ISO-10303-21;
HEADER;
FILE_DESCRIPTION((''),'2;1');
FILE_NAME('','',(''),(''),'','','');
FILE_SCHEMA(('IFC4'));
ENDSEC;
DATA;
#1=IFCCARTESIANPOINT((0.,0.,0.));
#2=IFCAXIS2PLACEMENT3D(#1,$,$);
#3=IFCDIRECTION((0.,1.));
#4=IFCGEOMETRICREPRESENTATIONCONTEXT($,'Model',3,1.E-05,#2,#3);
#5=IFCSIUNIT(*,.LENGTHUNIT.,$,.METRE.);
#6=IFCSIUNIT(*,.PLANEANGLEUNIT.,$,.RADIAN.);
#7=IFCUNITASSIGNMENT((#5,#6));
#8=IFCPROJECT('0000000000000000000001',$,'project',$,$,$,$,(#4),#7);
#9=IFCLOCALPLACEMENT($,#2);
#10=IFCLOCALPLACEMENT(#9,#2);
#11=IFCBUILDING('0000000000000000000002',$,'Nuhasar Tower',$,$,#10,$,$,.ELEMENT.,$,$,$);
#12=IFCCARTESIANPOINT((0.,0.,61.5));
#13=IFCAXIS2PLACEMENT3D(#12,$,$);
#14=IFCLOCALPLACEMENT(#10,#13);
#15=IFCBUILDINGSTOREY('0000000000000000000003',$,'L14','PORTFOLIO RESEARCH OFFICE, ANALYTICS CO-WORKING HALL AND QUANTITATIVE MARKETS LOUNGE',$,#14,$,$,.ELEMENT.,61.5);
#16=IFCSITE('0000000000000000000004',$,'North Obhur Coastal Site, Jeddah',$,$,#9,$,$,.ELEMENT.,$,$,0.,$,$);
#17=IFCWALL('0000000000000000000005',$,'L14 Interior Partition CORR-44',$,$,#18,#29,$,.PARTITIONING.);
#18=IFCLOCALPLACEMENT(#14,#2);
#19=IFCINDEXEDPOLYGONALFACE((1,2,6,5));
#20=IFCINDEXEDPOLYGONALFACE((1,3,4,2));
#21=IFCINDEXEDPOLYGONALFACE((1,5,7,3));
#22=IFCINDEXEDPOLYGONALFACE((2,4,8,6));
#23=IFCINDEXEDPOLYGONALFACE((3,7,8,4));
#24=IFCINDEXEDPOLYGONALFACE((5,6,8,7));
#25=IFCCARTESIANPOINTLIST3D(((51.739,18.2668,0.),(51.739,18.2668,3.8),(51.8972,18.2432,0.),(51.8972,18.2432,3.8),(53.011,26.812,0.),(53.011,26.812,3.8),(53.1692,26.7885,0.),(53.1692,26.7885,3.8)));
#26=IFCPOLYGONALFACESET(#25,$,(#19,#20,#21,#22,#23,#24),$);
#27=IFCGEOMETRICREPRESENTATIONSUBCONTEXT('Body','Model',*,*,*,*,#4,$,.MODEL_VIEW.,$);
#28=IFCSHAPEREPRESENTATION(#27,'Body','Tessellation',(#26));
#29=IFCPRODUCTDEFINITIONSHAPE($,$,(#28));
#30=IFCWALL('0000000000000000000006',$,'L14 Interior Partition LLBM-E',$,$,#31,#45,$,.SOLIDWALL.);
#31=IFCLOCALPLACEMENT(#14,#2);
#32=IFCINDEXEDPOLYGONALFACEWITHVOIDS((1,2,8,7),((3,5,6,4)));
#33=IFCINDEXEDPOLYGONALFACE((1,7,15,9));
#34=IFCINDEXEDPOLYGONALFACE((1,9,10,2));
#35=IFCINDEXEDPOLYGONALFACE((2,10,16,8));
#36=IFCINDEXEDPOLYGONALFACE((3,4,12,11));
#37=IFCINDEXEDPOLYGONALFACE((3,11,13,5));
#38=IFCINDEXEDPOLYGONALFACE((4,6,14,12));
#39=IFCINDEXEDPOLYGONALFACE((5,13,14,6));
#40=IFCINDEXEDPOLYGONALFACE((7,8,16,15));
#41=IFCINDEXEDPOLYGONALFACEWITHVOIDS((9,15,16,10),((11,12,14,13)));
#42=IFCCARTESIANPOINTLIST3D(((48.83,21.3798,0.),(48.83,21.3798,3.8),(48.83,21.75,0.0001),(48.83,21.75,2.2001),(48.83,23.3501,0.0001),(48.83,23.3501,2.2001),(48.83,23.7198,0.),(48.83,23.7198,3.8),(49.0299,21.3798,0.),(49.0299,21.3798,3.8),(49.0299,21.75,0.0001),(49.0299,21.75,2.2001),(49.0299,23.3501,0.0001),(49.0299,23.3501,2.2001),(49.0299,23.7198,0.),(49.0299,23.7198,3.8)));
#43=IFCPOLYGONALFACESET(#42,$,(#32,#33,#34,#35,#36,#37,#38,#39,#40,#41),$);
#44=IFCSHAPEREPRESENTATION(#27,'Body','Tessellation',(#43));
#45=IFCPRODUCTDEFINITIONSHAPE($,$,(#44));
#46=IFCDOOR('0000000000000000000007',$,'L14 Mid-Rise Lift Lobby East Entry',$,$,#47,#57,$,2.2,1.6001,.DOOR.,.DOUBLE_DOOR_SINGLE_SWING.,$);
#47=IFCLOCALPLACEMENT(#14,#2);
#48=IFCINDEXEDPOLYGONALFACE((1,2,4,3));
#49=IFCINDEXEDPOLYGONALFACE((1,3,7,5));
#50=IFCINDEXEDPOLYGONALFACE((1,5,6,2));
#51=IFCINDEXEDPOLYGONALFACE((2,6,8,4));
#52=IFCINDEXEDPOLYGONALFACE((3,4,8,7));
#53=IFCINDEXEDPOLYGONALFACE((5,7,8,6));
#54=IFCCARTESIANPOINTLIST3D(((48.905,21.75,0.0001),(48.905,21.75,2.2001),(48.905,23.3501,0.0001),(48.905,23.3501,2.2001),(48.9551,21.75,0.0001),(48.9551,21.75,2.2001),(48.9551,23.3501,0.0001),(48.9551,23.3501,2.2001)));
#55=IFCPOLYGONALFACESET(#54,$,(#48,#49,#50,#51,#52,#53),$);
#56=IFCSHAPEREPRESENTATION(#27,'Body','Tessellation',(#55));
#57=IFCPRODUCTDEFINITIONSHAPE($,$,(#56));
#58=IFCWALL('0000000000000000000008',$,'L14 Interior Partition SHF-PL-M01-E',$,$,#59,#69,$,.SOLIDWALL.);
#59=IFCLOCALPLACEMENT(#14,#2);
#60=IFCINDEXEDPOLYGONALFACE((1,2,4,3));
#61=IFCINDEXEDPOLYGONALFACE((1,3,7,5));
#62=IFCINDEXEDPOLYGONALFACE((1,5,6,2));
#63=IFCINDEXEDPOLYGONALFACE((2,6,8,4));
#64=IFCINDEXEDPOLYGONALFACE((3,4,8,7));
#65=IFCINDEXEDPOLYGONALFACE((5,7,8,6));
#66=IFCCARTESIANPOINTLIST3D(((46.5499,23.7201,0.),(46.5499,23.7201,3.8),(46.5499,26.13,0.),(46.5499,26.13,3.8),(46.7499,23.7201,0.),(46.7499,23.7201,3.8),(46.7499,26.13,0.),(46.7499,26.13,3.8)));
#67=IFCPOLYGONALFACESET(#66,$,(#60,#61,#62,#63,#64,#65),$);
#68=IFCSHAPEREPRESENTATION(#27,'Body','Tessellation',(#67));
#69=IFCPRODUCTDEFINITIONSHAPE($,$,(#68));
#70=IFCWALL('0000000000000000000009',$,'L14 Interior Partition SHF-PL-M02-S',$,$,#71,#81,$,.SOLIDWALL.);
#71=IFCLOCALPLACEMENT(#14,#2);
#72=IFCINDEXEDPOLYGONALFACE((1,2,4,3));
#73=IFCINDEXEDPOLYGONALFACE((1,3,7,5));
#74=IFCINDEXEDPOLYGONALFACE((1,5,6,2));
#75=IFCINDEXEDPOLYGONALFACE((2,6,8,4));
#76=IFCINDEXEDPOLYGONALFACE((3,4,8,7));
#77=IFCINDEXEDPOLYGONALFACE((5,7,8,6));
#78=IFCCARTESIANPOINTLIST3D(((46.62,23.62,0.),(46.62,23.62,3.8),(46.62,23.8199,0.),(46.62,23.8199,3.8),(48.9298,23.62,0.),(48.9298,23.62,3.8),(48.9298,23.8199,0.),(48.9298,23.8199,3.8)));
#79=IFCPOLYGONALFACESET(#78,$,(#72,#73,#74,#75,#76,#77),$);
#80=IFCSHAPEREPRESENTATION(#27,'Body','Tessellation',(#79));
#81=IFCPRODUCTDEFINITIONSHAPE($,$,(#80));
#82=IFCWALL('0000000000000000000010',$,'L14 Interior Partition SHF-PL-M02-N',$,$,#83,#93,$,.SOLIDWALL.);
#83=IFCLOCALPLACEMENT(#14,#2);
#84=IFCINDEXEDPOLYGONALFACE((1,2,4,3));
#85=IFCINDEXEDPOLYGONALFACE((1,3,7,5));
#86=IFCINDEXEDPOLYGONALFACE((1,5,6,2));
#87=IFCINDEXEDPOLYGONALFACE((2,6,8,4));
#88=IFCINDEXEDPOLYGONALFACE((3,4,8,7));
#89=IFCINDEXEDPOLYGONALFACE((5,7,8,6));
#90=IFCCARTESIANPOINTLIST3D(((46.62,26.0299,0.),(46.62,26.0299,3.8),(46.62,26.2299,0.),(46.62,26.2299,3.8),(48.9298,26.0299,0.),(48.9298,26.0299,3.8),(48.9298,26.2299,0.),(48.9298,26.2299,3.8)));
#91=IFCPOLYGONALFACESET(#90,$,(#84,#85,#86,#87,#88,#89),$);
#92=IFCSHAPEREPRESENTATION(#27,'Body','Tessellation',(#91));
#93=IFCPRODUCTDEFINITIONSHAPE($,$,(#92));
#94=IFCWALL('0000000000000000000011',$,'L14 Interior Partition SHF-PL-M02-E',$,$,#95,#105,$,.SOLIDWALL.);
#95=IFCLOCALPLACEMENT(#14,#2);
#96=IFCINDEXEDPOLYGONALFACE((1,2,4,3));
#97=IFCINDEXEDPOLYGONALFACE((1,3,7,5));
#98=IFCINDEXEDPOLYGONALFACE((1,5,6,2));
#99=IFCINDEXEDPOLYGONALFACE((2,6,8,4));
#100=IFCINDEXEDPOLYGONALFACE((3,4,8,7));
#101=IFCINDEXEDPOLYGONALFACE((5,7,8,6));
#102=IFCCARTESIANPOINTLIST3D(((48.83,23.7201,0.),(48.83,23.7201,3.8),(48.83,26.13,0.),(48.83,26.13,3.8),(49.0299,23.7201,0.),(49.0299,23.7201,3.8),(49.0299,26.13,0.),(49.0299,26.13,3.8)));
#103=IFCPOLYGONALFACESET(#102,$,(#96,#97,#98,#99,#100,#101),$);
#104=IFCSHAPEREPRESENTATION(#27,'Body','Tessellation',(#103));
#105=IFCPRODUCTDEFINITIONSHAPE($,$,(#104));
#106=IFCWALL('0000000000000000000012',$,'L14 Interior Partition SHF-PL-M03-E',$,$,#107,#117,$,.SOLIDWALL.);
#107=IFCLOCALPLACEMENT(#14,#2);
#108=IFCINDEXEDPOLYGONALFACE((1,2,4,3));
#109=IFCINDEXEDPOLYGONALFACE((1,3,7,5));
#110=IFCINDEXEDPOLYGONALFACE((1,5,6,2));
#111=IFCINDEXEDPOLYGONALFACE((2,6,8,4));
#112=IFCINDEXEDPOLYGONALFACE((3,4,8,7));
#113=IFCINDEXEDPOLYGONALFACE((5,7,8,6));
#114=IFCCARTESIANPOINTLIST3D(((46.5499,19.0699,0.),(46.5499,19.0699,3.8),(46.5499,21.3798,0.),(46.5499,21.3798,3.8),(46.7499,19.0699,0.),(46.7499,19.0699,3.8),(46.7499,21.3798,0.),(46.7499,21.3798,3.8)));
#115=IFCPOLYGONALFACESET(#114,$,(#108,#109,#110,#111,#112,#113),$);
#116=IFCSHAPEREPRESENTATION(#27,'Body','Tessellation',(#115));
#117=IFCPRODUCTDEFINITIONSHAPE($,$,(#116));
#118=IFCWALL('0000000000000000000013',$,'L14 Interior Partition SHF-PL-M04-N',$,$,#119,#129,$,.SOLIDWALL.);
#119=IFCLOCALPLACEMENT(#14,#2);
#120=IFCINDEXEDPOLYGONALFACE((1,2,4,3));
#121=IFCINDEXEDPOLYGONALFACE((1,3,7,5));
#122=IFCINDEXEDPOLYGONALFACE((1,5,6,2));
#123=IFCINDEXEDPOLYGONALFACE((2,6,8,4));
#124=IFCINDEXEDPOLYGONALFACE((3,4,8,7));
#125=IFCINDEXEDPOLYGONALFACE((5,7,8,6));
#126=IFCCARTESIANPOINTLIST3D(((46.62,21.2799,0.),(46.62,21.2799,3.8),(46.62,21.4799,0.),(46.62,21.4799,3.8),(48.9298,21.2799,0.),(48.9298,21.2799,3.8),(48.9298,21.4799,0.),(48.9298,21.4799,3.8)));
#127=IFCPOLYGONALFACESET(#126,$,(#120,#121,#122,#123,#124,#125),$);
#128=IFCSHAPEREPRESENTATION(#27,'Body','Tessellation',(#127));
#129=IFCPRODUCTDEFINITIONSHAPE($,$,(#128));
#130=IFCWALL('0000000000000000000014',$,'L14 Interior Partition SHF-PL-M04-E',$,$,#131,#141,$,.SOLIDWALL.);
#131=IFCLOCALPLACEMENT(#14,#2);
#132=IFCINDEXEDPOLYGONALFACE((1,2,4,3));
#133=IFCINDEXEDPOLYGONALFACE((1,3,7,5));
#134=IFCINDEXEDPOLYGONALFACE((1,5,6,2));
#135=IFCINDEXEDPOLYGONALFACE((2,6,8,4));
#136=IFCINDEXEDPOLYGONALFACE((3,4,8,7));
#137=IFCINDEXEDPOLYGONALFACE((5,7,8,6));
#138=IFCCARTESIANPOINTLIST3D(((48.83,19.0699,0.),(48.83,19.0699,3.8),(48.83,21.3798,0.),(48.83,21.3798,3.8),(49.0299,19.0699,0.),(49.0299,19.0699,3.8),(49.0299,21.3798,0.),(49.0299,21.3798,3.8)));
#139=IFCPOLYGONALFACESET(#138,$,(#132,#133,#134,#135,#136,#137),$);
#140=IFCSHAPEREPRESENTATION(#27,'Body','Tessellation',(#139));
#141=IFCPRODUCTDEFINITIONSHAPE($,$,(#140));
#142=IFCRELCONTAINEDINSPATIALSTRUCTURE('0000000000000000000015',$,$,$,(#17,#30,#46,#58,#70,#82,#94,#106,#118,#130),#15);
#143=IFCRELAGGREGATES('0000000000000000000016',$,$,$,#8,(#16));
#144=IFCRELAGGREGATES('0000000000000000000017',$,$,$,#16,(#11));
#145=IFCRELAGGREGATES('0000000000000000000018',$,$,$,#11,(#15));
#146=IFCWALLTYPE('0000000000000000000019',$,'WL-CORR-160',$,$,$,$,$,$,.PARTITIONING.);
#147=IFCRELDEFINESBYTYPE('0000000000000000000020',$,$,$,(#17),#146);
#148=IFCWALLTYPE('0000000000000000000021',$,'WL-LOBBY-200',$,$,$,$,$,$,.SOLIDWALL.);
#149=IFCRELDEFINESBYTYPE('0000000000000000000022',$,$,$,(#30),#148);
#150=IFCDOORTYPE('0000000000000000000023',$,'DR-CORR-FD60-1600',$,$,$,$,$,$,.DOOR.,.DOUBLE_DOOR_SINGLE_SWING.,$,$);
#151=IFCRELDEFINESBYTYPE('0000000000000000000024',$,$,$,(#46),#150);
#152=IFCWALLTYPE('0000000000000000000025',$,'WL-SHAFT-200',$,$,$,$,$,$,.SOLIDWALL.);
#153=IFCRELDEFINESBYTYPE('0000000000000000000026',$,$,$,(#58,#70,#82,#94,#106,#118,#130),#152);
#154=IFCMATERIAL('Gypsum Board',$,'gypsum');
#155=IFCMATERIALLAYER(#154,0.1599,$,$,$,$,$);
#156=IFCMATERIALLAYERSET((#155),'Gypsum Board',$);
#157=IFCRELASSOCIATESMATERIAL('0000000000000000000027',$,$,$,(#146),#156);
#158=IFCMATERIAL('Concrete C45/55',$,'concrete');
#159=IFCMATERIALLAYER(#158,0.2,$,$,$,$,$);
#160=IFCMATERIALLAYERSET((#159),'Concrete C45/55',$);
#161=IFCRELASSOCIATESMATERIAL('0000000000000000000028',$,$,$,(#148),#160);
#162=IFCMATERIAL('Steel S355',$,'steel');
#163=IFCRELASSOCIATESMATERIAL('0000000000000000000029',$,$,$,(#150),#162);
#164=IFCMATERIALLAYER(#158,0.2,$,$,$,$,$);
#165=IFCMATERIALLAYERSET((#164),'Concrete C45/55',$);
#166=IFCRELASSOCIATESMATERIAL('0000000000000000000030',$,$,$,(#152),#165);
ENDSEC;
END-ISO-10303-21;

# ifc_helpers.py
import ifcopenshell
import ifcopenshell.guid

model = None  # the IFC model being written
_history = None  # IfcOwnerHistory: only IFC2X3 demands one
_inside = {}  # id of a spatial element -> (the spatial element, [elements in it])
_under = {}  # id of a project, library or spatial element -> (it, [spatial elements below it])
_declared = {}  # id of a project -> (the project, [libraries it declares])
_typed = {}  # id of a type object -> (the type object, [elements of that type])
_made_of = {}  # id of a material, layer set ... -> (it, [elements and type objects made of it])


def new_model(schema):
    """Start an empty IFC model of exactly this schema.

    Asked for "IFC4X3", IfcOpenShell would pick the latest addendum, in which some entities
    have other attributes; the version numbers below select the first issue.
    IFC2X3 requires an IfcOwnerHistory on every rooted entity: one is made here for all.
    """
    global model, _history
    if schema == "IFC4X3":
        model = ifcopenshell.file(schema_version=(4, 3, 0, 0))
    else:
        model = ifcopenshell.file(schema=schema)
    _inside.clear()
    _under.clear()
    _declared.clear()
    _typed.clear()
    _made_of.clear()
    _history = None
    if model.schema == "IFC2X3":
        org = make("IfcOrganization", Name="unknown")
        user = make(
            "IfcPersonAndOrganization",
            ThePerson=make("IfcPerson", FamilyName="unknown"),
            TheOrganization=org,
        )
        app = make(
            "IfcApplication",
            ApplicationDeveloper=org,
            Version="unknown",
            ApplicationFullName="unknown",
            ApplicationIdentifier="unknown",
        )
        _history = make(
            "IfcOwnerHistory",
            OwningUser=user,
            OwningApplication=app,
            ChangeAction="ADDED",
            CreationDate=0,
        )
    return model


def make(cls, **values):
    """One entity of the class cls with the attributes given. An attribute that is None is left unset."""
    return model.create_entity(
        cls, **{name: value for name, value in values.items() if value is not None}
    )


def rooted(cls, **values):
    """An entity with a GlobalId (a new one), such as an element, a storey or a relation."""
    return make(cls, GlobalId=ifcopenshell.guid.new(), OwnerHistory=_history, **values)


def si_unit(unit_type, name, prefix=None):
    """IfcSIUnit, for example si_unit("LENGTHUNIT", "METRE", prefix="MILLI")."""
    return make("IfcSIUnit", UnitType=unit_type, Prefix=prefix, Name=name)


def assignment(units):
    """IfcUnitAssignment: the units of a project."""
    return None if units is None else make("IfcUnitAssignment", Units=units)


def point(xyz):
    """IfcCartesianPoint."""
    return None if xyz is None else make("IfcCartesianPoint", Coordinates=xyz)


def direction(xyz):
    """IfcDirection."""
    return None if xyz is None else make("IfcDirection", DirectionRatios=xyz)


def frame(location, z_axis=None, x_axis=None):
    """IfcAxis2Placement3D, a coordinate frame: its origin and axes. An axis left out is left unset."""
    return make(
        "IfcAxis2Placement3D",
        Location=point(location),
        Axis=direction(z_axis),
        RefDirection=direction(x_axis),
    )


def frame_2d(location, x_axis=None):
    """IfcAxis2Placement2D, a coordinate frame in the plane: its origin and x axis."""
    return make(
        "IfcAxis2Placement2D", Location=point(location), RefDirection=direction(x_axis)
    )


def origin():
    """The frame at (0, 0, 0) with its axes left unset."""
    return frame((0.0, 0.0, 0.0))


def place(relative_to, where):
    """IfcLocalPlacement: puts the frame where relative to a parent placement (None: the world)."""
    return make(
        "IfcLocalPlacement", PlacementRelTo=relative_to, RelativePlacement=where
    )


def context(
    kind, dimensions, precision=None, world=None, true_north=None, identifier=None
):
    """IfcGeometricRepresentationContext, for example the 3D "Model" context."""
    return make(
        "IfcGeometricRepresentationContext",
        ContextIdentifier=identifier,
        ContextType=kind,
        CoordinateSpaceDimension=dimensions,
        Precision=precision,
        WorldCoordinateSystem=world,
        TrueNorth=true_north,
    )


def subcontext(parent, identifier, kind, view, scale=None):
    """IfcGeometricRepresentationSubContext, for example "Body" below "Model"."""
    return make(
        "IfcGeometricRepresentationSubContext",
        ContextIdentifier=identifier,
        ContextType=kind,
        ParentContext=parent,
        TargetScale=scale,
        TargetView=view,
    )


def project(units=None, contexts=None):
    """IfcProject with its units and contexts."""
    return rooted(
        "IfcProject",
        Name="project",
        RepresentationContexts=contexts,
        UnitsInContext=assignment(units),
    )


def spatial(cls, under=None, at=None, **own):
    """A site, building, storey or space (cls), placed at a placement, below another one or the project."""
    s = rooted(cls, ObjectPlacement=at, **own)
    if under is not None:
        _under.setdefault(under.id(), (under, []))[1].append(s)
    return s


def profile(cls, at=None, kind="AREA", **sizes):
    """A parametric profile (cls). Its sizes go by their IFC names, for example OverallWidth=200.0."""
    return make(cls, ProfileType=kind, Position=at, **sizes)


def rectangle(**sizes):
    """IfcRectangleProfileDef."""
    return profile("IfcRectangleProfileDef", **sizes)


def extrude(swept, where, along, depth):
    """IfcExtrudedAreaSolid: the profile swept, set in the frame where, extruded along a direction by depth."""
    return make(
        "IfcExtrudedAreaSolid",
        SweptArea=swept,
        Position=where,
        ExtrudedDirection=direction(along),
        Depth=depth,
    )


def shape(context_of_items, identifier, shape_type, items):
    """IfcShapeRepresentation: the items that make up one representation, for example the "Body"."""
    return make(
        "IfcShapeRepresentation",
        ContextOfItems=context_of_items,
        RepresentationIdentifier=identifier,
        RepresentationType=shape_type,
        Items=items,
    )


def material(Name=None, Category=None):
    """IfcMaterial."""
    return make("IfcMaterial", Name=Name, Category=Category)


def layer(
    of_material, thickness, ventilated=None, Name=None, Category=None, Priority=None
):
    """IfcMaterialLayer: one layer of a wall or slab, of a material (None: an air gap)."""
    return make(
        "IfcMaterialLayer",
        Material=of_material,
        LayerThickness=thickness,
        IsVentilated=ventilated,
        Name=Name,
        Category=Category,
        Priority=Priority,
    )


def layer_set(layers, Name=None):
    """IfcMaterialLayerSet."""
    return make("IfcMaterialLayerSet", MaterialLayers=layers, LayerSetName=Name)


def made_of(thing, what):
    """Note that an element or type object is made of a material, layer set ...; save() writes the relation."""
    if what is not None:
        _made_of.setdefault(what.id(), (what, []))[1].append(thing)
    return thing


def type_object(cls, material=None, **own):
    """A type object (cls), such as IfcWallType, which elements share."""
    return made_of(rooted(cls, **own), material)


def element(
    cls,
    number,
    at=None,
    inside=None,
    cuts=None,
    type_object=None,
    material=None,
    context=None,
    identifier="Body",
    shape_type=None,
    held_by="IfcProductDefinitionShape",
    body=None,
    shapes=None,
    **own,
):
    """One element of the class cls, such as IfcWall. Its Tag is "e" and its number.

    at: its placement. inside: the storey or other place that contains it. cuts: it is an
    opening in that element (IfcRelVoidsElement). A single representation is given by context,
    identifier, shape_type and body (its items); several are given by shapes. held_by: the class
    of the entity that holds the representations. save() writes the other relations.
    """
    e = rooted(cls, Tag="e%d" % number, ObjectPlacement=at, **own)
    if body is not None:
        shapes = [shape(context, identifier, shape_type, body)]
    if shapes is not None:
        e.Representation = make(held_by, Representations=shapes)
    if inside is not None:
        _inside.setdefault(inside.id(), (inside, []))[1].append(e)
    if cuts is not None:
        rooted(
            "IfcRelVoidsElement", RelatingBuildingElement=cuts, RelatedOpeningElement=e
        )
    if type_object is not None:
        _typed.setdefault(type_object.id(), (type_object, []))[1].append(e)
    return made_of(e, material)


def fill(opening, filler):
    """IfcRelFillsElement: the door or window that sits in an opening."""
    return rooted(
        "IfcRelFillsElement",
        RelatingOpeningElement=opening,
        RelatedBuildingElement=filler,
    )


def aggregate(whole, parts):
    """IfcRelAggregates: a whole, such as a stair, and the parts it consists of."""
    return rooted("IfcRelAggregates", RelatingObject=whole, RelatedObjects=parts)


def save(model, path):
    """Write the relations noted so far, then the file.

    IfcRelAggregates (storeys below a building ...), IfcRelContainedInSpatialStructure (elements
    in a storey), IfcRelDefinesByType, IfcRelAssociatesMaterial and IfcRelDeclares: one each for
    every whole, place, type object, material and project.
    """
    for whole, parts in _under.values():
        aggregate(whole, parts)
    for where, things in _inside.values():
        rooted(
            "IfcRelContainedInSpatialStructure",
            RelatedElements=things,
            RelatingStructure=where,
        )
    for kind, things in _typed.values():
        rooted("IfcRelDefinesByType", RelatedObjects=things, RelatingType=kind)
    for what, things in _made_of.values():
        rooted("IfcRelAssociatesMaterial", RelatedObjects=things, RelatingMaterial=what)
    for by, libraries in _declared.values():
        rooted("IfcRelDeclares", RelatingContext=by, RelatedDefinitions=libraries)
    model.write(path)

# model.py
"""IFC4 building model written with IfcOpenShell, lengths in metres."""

from ifc_helpers import new_model, si_unit, direction, frame, frame_2d, origin, place, context, subcontext, project, spatial, rectangle, extrude, material, layer, layer_set, type_object, element, fill, save


model = new_model("IFC4")

# Units and contexts
model_context = context("Model", 3, precision=1e-05, world=origin(), true_north=direction((0.0, 1.0)))
body_context = subcontext(model_context, "Body", "Model", "MODEL_VIEW")
ifc_project = project(units=[si_unit("LENGTHUNIT", "METRE"), si_unit("PLANEANGLEUNIT", "RADIAN")], contexts=[model_context])

# Site, building, storey
site_placement = place(None, origin())
site = spatial("IfcSite", under=ifc_project, at=site_placement, Name="North Obhur Coastal Site, Jeddah", CompositionType="ELEMENT", RefElevation=0.0)
building_placement = place(site_placement, origin())
building = spatial("IfcBuilding", under=site, at=building_placement, Name="Nuhasar Tower", CompositionType="ELEMENT")
storey_placement = place(building_placement, frame((0.0, 0.0, 61.5)))
storey = spatial("IfcBuildingStorey", under=building, at=storey_placement, Name="L14", Description="PORTFOLIO RESEARCH OFFICE, ANALYTICS CO-WORKING HALL AND QUANTITATIVE MARKETS LOUNGE", CompositionType="ELEMENT", Elevation=61.5)

# Shared definitions
ifc_material_1 = material(Name="Steel S355", Category="steel")

# Shared definitions
ifc_material_2 = material(Name="Gypsum Board", Category="gypsum")
ifc_layer_1 = layer(ifc_material_2, 0.1599)
ifc_layer_set_1 = layer_set([ifc_layer_1], Name="Gypsum Board")
wall_type_1 = type_object("IfcWallType", Name="WL-CORR-160", PredefinedType="PARTITIONING", material=ifc_layer_set_1)

# Wall
wall_1_placement = place(storey_placement, frame((51.8181, 18.2549, 0.0), z_axis=(0.0, 0.0, 1.0), x_axis=(0.147231, 0.989102, 0.0)))
element("IfcWall", 1, at=wall_1_placement, inside=storey, type_object=wall_type_1, Name="L14 Interior Partition CORR-44", PredefinedType="PARTITIONING", context=body_context, shape_type="SweptSolid", body=[
    extrude(rectangle(XDim=8.6394, YDim=0.1599, at=frame_2d((4.3198, 0.0))), origin(), (0.0, 0.0, 1.0), 3.8),
])

# Wall, opening, door
ifc_material_3 = material(Name="Concrete C45/55", Category="concrete")
ifc_layer_2 = layer(ifc_material_3, 0.2)
ifc_layer_set_2 = layer_set([ifc_layer_2], Name="Concrete C45/55")
wall_type_2 = type_object("IfcWallType", Name="WL-LOBBY-200", PredefinedType="SOLIDWALL", material=ifc_layer_set_2)
wall_2_placement = place(storey_placement, frame((48.9299, 21.3799, 0.0), z_axis=(0.0, 0.0, 1.0), x_axis=(0.0, 1.0, 0.0)))
wall_2 = element("IfcWall", 2, at=wall_2_placement, inside=storey, type_object=wall_type_2, Name="L14 Interior Partition LLBM-E", PredefinedType="SOLIDWALL", context=body_context, shape_type="SweptSolid", body=[
    extrude(rectangle(XDim=2.3401, YDim=0.2, at=frame_2d((1.1699, 0.0))), origin(), (0.0, 0.0, 1.0), 3.8),
])
opening_1_placement = place(wall_2_placement, frame((0.3701, 0.0, 0.0)))
opening_1 = element("IfcOpeningElement", 3, at=opening_1_placement, cuts=wall_2, PredefinedType="OPENING", context=body_context, shape_type="SweptSolid", body=[
    extrude(rectangle(XDim=1.6001, YDim=2.2, at=frame_2d((0.8, 1.1001))), frame((0.0, 0.1099, 0.0), z_axis=(0.0, -1.0, 0.0), x_axis=(1.0, 0.0, 0.0)), (0.0, 0.0, 1.0), 0.22),
])
door_type_1 = type_object("IfcDoorType", Name="DR-CORR-FD60-1600", OperationType="DOUBLE_DOOR_SINGLE_SWING", PredefinedType="DOOR", material=ifc_material_1)
door_1_placement = place(opening_1_placement, origin())
door_1 = element("IfcDoor", 4, at=door_1_placement, inside=storey, type_object=door_type_1, Name="L14 Mid-Rise Lift Lobby East Entry", OperationType="DOUBLE_DOOR_SINGLE_SWING", OverallHeight=2.2, OverallWidth=1.6001, PredefinedType="DOOR", context=body_context, shape_type="SweptSolid", body=[
    extrude(rectangle(XDim=1.6001, YDim=2.2, at=frame_2d((0.8, 1.1001))), frame((0.0, 0.0249, 0.0), z_axis=(0.0, -1.0, 0.0), x_axis=(1.0, 0.0, 0.0)), (0.0, 0.0, 1.0), 0.05),
])
fill(opening_1, door_1)

# Walls
ifc_layer_3 = layer(ifc_material_3, 0.2)
ifc_layer_set_3 = layer_set([ifc_layer_3], Name="Concrete C45/55")
wall_type_3 = type_object("IfcWallType", Name="WL-SHAFT-200", PredefinedType="SOLIDWALL", material=ifc_layer_set_3)
wall_3_placement = place(storey_placement, frame((46.6499, 23.72, 0.0), z_axis=(0.0, 0.0, 1.0), x_axis=(0.0, 1.0, 0.0)))
element("IfcWall", 5, at=wall_3_placement, inside=storey, type_object=wall_type_3, Name="L14 Interior Partition SHF-PL-M01-E", PredefinedType="SOLIDWALL", context=body_context, shape_type="SweptSolid", body=[
    extrude(rectangle(XDim=2.4099, YDim=0.2, at=frame_2d((1.2051, 0.0))), origin(), (0.0, 0.0, 1.0), 3.8),
])
for number, where, z_axis, x_axis, name in (
    (6, (46.6201, 23.72, 0.0), (0.0, 0.0, 1.0), (1.0, 0.0, 0.0), "L14 Interior Partition SHF-PL-M02-S"),
    (7, (46.6201, 26.1299, 0.0), (0.0, 0.0, 1.0), (1.0, 0.0, 0.0), "L14 Interior Partition SHF-PL-M02-N"),
):
    element("IfcWall", number, at=place(storey_placement, frame(where, z_axis=z_axis, x_axis=x_axis)), inside=storey, type_object=wall_type_3, Name=name, PredefinedType="SOLIDWALL", context=body_context, shape_type="SweptSolid", body=[
        extrude(rectangle(XDim=2.3098, YDim=0.2, at=frame_2d((1.1548, 0.0))), origin(), (0.0, 0.0, 1.0), 3.8),
    ])
wall_4_placement = place(storey_placement, frame((48.9299, 23.72, 0.0), z_axis=(0.0, 0.0, 1.0), x_axis=(0.0, 1.0, 0.0)))
element("IfcWall", 8, at=wall_4_placement, inside=storey, type_object=wall_type_3, Name="L14 Interior Partition SHF-PL-M02-E", PredefinedType="SOLIDWALL", context=body_context, shape_type="SweptSolid", body=[
    extrude(rectangle(XDim=2.4099, YDim=0.2, at=frame_2d((1.2051, 0.0))), origin(), (0.0, 0.0, 1.0), 3.8),
])
for number, where, z_axis, x_axis, name in (
    (9, (46.6499, 19.0701, 0.0), (0.0, 0.0, 1.0), (0.0, 1.0, 0.0), "L14 Interior Partition SHF-PL-M03-E"),
    (10, (46.6201, 21.3799, 0.0), (0.0, 0.0, 1.0), (1.0, 0.0, 0.0), "L14 Interior Partition SHF-PL-M04-N"),
    (11, (48.9299, 19.0701, 0.0), (0.0, 0.0, 1.0), (0.0, 1.0, 0.0), "L14 Interior Partition SHF-PL-M04-E"),
):
    element("IfcWall", number, at=place(storey_placement, frame(where, z_axis=z_axis, x_axis=x_axis)), inside=storey, type_object=wall_type_3, Name=name, PredefinedType="SOLIDWALL", context=body_context, shape_type="SweptSolid", body=[
        extrude(rectangle(XDim=2.3098, YDim=0.2, at=frame_2d((1.1548, 0.0))), origin(), (0.0, 0.0, 1.0), 3.8),
    ])

save(model, "model.ifc")
